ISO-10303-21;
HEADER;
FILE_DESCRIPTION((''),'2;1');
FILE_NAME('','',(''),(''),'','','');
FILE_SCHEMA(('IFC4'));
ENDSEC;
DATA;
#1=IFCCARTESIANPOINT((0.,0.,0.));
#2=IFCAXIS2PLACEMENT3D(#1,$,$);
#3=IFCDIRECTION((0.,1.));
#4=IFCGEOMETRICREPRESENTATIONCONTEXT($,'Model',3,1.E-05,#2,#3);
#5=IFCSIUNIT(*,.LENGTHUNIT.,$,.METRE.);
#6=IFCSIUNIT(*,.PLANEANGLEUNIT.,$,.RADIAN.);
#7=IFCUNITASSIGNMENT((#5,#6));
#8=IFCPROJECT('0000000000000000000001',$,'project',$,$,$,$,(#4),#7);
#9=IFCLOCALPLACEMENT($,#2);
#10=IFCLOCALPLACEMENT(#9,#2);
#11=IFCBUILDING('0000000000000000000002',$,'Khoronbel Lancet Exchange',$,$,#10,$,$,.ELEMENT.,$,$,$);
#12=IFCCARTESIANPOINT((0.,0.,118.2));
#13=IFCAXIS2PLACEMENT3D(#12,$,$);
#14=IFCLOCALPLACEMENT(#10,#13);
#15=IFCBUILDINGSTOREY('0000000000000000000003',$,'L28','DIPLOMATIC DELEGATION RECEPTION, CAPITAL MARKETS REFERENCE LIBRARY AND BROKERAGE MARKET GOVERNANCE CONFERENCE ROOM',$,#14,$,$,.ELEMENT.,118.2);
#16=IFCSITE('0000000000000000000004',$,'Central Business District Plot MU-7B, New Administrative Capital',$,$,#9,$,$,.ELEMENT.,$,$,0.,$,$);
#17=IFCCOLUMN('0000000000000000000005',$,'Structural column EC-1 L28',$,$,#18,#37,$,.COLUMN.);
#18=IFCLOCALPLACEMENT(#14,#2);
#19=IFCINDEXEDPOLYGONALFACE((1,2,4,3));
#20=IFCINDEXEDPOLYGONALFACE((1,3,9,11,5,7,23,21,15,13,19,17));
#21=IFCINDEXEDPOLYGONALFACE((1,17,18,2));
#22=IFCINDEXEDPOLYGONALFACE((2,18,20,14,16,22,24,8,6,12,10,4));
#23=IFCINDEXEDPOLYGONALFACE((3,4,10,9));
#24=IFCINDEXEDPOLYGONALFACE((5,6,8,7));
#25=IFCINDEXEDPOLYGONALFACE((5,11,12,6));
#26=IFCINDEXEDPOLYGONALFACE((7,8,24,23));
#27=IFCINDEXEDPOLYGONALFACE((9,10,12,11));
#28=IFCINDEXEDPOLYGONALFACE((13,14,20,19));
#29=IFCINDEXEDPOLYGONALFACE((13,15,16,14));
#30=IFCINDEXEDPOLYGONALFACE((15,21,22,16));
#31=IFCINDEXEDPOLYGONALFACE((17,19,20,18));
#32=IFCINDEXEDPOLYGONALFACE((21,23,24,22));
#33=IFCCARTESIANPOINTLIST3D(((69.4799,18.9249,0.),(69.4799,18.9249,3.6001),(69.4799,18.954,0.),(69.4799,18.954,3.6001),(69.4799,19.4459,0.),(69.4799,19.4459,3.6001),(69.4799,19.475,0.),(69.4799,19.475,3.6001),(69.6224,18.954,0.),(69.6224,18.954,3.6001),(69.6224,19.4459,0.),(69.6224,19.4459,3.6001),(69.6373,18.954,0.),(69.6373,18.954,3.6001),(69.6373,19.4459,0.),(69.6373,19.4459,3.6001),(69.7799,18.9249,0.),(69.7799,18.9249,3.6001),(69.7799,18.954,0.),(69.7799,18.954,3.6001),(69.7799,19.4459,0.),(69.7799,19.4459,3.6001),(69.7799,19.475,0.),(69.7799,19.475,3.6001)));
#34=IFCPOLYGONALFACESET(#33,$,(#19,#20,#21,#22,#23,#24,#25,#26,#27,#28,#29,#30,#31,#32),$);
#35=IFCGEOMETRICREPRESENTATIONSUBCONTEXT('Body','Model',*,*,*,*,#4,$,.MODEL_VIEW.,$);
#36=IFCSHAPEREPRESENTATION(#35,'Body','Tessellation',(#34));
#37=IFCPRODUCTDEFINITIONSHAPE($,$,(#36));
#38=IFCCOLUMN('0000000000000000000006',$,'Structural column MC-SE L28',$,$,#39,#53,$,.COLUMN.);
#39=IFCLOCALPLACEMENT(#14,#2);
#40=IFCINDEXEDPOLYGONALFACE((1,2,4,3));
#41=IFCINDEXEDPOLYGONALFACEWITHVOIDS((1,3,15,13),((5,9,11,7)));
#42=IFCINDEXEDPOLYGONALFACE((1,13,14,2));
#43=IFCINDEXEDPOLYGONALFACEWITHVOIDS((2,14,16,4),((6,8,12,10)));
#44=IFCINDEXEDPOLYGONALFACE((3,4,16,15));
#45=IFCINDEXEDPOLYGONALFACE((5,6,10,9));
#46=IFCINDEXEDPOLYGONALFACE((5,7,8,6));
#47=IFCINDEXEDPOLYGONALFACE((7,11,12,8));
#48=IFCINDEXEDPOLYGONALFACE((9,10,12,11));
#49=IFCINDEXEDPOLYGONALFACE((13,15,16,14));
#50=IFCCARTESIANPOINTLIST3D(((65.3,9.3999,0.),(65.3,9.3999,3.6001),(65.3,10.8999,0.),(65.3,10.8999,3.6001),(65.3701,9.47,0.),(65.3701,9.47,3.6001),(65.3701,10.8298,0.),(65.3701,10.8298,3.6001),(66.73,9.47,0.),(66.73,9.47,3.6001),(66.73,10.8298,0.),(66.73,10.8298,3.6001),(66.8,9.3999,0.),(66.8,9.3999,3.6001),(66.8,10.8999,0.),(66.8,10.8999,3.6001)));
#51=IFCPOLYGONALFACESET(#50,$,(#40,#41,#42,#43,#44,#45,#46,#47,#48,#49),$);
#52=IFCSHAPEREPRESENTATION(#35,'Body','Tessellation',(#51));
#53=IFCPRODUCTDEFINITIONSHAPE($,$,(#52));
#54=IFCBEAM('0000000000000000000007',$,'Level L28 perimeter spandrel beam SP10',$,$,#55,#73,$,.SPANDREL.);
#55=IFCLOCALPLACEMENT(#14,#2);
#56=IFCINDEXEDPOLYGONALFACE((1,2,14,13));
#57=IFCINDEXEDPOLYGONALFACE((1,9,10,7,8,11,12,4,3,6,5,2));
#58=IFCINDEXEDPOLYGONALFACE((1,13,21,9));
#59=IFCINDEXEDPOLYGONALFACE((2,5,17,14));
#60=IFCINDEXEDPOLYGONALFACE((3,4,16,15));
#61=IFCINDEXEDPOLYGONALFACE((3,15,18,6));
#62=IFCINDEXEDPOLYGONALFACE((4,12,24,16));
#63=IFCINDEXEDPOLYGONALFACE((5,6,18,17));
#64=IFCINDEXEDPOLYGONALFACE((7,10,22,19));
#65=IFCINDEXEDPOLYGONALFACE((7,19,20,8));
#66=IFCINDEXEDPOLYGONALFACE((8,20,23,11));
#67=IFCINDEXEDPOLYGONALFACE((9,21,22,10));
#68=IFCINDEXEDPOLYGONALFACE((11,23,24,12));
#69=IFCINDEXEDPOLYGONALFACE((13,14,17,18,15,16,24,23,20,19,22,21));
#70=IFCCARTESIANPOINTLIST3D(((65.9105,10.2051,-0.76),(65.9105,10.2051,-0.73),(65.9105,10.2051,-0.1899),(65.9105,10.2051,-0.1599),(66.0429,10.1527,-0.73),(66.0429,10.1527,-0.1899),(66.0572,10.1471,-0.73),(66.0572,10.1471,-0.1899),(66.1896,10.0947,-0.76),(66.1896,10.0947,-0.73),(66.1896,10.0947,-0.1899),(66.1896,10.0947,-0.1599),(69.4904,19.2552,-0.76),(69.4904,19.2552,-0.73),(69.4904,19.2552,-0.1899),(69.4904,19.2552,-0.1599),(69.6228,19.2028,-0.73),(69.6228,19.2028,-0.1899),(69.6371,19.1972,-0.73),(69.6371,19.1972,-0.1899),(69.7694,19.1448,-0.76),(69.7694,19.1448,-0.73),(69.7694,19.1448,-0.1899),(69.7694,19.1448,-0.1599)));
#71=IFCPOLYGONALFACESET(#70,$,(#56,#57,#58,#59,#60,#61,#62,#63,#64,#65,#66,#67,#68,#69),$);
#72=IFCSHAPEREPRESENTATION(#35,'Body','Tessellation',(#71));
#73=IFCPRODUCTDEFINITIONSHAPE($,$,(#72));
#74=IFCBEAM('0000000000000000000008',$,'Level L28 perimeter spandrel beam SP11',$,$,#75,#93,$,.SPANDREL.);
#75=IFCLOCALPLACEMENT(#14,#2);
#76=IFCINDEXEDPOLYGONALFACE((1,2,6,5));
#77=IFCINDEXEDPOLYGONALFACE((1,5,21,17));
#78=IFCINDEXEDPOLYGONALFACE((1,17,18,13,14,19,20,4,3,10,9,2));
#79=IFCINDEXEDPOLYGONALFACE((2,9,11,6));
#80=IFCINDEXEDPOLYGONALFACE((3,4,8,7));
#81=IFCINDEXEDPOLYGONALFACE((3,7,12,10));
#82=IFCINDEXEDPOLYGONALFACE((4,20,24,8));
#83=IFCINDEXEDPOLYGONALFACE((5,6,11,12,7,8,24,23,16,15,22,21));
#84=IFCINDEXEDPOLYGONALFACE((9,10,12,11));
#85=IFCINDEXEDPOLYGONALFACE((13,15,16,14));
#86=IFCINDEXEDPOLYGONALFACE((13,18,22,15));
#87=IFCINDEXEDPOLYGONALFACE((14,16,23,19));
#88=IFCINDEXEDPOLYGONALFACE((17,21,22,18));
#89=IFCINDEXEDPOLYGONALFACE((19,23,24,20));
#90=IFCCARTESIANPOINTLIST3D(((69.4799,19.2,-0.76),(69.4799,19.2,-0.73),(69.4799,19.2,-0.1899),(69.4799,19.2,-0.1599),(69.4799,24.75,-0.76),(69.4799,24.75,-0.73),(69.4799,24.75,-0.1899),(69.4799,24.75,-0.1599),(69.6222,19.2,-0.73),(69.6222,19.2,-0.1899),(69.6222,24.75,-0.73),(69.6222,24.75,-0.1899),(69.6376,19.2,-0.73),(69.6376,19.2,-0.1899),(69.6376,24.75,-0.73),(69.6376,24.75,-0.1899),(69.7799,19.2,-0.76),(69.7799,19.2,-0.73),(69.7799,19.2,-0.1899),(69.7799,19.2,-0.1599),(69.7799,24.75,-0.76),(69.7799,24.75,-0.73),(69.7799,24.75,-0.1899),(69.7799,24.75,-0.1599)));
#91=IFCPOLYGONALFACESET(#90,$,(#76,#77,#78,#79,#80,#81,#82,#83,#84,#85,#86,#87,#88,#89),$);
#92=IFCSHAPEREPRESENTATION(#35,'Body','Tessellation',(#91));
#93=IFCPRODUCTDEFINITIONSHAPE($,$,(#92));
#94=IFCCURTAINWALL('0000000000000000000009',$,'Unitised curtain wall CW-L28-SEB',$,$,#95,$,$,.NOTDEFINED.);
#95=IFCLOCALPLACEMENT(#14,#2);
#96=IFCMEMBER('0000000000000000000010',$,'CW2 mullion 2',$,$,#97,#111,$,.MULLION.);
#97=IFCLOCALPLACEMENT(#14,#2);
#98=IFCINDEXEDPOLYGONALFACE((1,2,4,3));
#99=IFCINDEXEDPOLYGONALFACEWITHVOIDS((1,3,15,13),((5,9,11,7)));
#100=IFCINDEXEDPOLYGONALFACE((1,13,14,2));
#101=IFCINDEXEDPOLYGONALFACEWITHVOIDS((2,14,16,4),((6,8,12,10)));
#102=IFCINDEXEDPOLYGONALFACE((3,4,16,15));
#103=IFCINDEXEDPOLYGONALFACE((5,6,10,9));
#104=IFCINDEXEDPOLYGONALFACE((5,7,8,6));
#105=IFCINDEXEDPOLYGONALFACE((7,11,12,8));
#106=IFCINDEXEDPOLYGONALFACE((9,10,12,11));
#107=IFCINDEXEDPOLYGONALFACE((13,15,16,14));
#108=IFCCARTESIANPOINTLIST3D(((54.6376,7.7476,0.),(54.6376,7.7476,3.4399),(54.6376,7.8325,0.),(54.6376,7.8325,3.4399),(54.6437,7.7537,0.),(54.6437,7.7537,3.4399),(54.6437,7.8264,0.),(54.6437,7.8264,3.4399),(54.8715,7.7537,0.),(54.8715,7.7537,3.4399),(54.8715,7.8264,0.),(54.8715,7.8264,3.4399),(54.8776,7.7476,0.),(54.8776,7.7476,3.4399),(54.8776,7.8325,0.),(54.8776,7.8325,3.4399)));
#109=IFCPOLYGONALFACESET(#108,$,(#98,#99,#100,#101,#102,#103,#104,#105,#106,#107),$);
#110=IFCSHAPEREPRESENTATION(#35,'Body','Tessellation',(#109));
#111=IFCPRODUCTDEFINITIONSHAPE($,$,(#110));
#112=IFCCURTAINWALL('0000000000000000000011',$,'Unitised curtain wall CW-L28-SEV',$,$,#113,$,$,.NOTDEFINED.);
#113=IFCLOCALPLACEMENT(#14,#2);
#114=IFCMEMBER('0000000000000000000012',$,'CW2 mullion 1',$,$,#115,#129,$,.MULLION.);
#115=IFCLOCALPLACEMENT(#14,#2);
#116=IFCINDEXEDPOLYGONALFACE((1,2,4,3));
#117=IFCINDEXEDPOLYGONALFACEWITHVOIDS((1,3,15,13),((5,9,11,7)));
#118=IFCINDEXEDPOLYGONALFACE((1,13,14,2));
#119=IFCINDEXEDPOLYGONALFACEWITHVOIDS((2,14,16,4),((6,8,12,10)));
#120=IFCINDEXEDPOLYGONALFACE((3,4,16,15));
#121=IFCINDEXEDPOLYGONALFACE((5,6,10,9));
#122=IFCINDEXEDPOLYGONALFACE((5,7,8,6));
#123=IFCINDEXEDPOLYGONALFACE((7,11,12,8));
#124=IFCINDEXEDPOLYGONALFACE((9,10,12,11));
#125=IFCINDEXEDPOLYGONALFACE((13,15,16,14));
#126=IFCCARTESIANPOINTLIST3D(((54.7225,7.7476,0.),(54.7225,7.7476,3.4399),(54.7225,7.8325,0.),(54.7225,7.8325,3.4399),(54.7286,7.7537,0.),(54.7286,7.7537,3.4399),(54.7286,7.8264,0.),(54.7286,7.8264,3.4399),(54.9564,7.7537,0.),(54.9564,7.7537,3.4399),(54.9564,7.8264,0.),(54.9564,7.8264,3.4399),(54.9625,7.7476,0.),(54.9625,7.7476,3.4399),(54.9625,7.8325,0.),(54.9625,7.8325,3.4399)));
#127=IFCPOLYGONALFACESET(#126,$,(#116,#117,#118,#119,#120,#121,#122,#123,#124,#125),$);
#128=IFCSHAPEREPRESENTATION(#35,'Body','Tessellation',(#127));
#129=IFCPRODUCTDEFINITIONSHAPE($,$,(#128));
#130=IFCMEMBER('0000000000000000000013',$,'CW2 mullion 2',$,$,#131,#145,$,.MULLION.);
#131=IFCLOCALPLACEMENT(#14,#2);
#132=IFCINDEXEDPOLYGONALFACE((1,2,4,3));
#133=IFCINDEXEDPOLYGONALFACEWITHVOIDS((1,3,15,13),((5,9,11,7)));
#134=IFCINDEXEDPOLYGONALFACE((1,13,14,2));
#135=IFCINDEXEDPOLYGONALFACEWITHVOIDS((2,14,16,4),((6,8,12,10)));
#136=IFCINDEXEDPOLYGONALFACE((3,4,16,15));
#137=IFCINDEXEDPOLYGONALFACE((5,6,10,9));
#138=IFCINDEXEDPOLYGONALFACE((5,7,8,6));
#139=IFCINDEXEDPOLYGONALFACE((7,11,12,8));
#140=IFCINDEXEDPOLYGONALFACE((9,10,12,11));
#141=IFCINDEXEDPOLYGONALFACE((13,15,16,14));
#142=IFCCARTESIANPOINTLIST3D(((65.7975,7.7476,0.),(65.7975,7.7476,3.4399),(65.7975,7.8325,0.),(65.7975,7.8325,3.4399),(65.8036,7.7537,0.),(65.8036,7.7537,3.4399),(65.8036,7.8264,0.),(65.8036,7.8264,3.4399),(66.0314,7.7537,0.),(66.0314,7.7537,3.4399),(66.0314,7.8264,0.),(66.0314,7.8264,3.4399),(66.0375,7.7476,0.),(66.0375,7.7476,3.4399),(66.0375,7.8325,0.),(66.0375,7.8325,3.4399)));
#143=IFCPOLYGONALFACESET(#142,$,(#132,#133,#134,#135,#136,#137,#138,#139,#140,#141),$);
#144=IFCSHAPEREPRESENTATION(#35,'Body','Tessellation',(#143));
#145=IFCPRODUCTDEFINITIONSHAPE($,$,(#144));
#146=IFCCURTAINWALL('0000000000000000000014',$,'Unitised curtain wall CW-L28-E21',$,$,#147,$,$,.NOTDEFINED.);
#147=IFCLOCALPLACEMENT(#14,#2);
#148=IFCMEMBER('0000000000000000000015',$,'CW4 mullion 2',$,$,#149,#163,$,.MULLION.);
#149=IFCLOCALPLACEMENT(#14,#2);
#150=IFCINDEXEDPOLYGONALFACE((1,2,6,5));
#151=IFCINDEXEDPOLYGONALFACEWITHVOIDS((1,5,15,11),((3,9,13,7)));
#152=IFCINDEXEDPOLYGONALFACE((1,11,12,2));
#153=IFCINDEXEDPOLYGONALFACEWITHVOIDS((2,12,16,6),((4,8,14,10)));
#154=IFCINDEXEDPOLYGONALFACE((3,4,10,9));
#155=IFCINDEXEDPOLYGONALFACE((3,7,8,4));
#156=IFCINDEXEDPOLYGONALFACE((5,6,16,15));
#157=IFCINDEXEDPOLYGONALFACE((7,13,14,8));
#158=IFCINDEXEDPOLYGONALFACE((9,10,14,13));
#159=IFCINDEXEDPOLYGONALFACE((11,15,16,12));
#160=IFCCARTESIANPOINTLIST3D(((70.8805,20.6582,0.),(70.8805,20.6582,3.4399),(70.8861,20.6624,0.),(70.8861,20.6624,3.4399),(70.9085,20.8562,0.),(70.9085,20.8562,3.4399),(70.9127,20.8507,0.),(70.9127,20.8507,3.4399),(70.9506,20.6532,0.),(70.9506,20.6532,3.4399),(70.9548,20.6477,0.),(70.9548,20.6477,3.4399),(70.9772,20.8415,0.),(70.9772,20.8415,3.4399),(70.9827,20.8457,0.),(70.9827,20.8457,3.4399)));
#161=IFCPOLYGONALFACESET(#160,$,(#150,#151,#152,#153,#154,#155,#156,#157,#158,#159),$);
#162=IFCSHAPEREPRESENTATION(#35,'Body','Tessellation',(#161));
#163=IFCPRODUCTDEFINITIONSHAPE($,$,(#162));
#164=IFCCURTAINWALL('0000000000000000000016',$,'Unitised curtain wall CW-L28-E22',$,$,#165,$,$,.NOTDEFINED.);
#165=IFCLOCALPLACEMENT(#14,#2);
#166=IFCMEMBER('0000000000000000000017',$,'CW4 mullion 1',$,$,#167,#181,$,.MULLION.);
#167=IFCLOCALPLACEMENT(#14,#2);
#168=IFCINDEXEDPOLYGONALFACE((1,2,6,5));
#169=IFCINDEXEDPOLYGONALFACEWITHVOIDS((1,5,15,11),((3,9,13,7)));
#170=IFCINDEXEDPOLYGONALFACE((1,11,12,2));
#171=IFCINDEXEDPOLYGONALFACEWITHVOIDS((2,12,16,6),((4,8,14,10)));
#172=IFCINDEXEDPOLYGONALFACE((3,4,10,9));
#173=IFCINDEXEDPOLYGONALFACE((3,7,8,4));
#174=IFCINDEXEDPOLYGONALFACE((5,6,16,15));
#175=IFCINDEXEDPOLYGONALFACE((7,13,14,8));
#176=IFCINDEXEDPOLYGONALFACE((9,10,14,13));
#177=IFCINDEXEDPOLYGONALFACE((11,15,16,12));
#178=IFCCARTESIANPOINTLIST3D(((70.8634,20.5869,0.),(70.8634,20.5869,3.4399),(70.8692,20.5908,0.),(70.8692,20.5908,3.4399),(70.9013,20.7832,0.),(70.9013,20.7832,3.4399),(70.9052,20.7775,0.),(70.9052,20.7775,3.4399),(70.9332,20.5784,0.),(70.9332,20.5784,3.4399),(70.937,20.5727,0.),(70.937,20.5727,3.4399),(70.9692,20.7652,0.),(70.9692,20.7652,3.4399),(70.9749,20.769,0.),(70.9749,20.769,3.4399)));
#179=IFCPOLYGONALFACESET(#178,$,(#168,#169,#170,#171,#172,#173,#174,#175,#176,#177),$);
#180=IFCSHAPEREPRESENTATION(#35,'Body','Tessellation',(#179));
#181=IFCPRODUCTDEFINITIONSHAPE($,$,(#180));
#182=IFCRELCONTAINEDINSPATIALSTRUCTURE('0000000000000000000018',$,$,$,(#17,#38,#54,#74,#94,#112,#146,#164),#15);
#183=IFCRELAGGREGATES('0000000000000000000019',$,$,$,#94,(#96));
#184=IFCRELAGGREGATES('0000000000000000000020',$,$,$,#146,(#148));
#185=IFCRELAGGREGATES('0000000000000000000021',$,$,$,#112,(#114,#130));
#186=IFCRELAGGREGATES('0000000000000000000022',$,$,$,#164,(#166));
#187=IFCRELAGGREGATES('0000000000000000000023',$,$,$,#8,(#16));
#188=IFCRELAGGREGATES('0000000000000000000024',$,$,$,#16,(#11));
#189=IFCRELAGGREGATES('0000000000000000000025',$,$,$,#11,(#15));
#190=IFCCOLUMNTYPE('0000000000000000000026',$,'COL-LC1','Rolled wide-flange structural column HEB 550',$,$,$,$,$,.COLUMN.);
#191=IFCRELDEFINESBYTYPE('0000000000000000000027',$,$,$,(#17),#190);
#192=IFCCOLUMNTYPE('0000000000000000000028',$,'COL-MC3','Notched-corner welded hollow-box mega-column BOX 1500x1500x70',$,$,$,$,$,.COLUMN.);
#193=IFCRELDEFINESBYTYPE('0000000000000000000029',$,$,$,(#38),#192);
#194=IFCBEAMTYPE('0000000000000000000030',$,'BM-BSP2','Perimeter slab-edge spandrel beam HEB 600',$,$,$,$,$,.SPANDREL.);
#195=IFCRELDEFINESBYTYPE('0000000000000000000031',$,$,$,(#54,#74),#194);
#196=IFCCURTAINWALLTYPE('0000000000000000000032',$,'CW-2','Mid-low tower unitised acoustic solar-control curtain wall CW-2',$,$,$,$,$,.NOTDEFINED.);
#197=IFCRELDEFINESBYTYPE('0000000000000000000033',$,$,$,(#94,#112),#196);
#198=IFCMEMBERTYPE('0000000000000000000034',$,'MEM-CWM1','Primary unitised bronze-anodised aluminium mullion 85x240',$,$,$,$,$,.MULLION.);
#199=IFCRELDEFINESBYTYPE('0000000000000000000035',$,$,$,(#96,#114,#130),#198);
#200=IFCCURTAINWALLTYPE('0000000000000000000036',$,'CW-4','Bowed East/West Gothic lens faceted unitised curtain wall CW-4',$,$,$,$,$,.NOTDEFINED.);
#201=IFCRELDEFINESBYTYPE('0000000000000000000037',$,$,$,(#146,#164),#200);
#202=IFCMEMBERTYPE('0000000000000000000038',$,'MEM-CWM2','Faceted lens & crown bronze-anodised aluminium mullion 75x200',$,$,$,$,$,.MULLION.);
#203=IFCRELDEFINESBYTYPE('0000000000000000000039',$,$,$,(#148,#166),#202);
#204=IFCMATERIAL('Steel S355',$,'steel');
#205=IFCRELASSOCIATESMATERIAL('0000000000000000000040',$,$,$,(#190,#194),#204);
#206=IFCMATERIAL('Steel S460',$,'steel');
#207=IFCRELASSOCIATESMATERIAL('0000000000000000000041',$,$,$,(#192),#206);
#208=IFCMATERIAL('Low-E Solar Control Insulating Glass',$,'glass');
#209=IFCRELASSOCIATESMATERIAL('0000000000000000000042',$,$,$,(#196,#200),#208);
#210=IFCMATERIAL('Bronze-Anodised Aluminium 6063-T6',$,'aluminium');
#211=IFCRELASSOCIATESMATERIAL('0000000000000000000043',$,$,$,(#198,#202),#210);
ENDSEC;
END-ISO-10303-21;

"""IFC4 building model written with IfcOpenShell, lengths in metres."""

from ifc_helpers import new_model, si_unit, direction, frame, origin, origin_2d, place, context, subcontext, project, spatial, hollow_rectangle, i_section, extrude, material, material_profile, profile_set, type_object, element, aggregate, save


model = new_model("IFC4")

# Units and contexts
model_context = context("Model", 3, precision=1e-05, world=origin(), true_north=direction((0.0, 1.0)))
body_context = subcontext(model_context, "Body", "Model", "MODEL_VIEW")
ifc_project = project(units=[si_unit("LENGTHUNIT", "METRE"), si_unit("PLANEANGLEUNIT", "RADIAN")], contexts=[model_context])

# Site, building, storey
site_placement = place(None, origin())
site = spatial("IfcSite", under=ifc_project, at=site_placement, Name="Central Business District Plot MU-7B, New Administrative Capital", CompositionType="ELEMENT", RefElevation=0.0)
building_placement = place(site_placement, origin())
building = spatial("IfcBuilding", under=site, at=building_placement, Name="Khoronbel Lancet Exchange", CompositionType="ELEMENT")
storey_placement = place(building_placement, frame((0.0, 0.0, 118.2)))
storey = spatial("IfcBuildingStorey", under=building, at=storey_placement, Name="L28", Description="DIPLOMATIC DELEGATION RECEPTION, CAPITAL MARKETS REFERENCE LIBRARY AND BROKERAGE MARKET GOVERNANCE CONFERENCE ROOM", CompositionType="ELEMENT", Elevation=118.2)

# Columns
ifc_material_1 = material(Name="Steel S355", Category="steel")
ifc_material_profile_1 = material_profile(ifc_material_1, i_section(OverallWidth=0.3, OverallDepth=0.55, WebThickness=0.0149, FlangeThickness=0.0291, at=origin_2d()), Name="HEB 550")
ifc_profile_set_1 = profile_set([ifc_material_profile_1], Name="Steel S355")
column_type_1 = type_object("IfcColumnType", Name="COL-LC1", Description="Rolled wide-flange structural column HEB 550", PredefinedType="COLUMN", material=ifc_profile_set_1)
column_1_placement = place(storey_placement, frame((69.6299, 19.2, 0.0), z_axis=(0.0, 0.0, 1.0), x_axis=(1.0, 0.0, 0.0)))
element("IfcColumn", 1, at=column_1_placement, inside=storey, type_object=column_type_1, Name="Structural column EC-1 L28", PredefinedType="COLUMN", context=body_context, shape_type="SweptSolid", body=[
    extrude(i_section(OverallWidth=0.3, OverallDepth=0.55, WebThickness=0.0149, FlangeThickness=0.0291, at=origin_2d()), origin(), (0.0, 0.0, 1.0), 3.6001),
])
ifc_material_2 = material(Name="Steel S460", Category="steel")
ifc_material_profile_2 = material_profile(ifc_material_2, hollow_rectangle(XDim=1.5, YDim=1.5, WallThickness=0.0701, at=origin_2d()), Name="BOX 1500x1500x70")
ifc_profile_set_2 = profile_set([ifc_material_profile_2], Name="Steel S460")
column_type_2 = type_object("IfcColumnType", Name="COL-MC3", Description="Notched-corner welded hollow-box mega-column BOX 1500x1500x70", PredefinedType="COLUMN", material=ifc_profile_set_2)
column_2_placement = place(storey_placement, frame((66.05, 10.1499, 0.0), z_axis=(0.0, 0.0, 1.0), x_axis=(1.0, 0.0, 0.0)))
element("IfcColumn", 2, at=column_2_placement, inside=storey, type_object=column_type_2, Name="Structural column MC-SE L28", PredefinedType="COLUMN", context=body_context, shape_type="SweptSolid", body=[
    extrude(hollow_rectangle(XDim=1.5, YDim=1.5, WallThickness=0.0701, at=origin_2d()), origin(), (0.0, 0.0, 1.0), 3.6001),
])

# Beams
ifc_material_profile_3 = material_profile(ifc_material_1, i_section(OverallWidth=0.3, OverallDepth=0.6001, WebThickness=0.0154, FlangeThickness=0.03, at=origin_2d()), Name="HEB 600")
ifc_profile_set_3 = profile_set([ifc_material_profile_3], Name="Steel S355")
beam_type = type_object("IfcBeamType", Name="BM-BSP2", Description="Perimeter slab-edge spandrel beam HEB 600", PredefinedType="SPANDREL", material=ifc_profile_set_3)
beam_1_placement = place(storey_placement, frame((66.05, 10.1499, -0.46), z_axis=(0.367828, 0.929894, 0.0), x_axis=(-0.929894, 0.367828, 0.0)))
element("IfcBeam", 3, at=beam_1_placement, inside=storey, type_object=beam_type, Name="Level L28 perimeter spandrel beam SP10", PredefinedType="SPANDREL", context=body_context, shape_type="SweptSolid", body=[
    extrude(i_section(OverallWidth=0.3, OverallDepth=0.6001, WebThickness=0.0154, FlangeThickness=0.03, at=origin_2d()), origin(), (0.0, 0.0, 1.0), 9.7324),
])
beam_2_placement = place(storey_placement, frame((69.6299, 19.2, -0.46), z_axis=(0.0, 1.0, 0.0), x_axis=(-1.0, 0.0, 0.0)))
element("IfcBeam", 4, at=beam_2_placement, inside=storey, type_object=beam_type, Name="Level L28 perimeter spandrel beam SP11", PredefinedType="SPANDREL", context=body_context, shape_type="SweptSolid", body=[
    extrude(i_section(OverallWidth=0.3, OverallDepth=0.6001, WebThickness=0.0154, FlangeThickness=0.03, at=origin_2d()), origin(), (0.0, 0.0, 1.0), 5.55),
])

# Curtain wall, member
ifc_material_3 = material(Name="Low-E Solar Control Insulating Glass", Category="glass")
curtain_wall_type_1 = type_object("IfcCurtainWallType", Name="CW-2", Description="Mid-low tower unitised acoustic solar-control curtain wall CW-2", PredefinedType="NOTDEFINED", material=ifc_material_3)
curtain_wall_1_placement = place(storey_placement, origin())
curtain_wall_1 = element("IfcCurtainWall", 5, at=curtain_wall_1_placement, inside=storey, type_object=curtain_wall_type_1, Name="Unitised curtain wall CW-L28-SEB", PredefinedType="NOTDEFINED")
ifc_material_4 = material(Name="Bronze-Anodised Aluminium 6063-T6", Category="aluminium")
ifc_material_profile_4 = material_profile(ifc_material_4, hollow_rectangle(XDim=0.085, YDim=0.24, WallThickness=0.0061, at=origin_2d()), Name="ALU MULLION 85x240")
ifc_profile_set_4 = profile_set([ifc_material_profile_4], Name="Bronze-Anodised Aluminium 6063-T6")
member_type_1 = type_object("IfcMemberType", Name="MEM-CWM1", Description="Primary unitised bronze-anodised aluminium mullion 85x240", PredefinedType="MULLION", material=ifc_profile_set_4)
member_1_placement = place(storey_placement, frame((54.7576, 7.79, 0.0), z_axis=(0.0, 0.0, 1.0), x_axis=(0.0, 1.0, 0.0)))
member_1 = element("IfcMember", 6, at=member_1_placement, type_object=member_type_1, Name="CW2 mullion 2", PredefinedType="MULLION", context=body_context, shape_type="SweptSolid", body=[
    extrude(hollow_rectangle(XDim=0.085, YDim=0.24, WallThickness=0.0061, at=origin_2d()), origin(), (0.0, 0.0, 1.0), 3.4399),
])
aggregate(curtain_wall_1, [member_1])

# Curtain wall, members
curtain_wall_2_placement = place(storey_placement, origin())
curtain_wall_2 = element("IfcCurtainWall", 7, at=curtain_wall_2_placement, inside=storey, type_object=curtain_wall_type_1, Name="Unitised curtain wall CW-L28-SEV", PredefinedType="NOTDEFINED")
member_2_placement = place(storey_placement, frame((54.8425, 7.79, 0.0), z_axis=(0.0, 0.0, 1.0), x_axis=(0.0, 1.0, 0.0)))
member_2 = element("IfcMember", 8, at=member_2_placement, type_object=member_type_1, Name="CW2 mullion 1", PredefinedType="MULLION", context=body_context, shape_type="SweptSolid", body=[
    extrude(hollow_rectangle(XDim=0.085, YDim=0.24, WallThickness=0.0061, at=origin_2d()), origin(), (0.0, 0.0, 1.0), 3.4399),
])
member_3_placement = place(storey_placement, frame((65.9175, 7.79, 0.0), z_axis=(0.0, 0.0, 1.0), x_axis=(0.0, 1.0, 0.0)))
member_3 = element("IfcMember", 9, at=member_3_placement, type_object=member_type_1, Name="CW2 mullion 2", PredefinedType="MULLION", context=body_context, shape_type="SweptSolid", body=[
    extrude(hollow_rectangle(XDim=0.085, YDim=0.24, WallThickness=0.0061, at=origin_2d()), origin(), (0.0, 0.0, 1.0), 3.4399),
])

# Curtain wall, member
curtain_wall_type_2 = type_object("IfcCurtainWallType", Name="CW-4", Description="Bowed East/West Gothic lens faceted unitised curtain wall CW-4", PredefinedType="NOTDEFINED", material=ifc_material_3)
curtain_wall_3_placement = place(storey_placement, origin())
curtain_wall_3 = element("IfcCurtainWall", 10, at=curtain_wall_3_placement, inside=storey, type_object=curtain_wall_type_2, Name="Unitised curtain wall CW-L28-E21", PredefinedType="NOTDEFINED")
ifc_material_profile_5 = material_profile(ifc_material_4, hollow_rectangle(XDim=0.075, YDim=0.2, WallThickness=0.0049, at=origin_2d()), Name="ALU MULLION 75x200")
ifc_profile_set_5 = profile_set([ifc_material_profile_5], Name="Bronze-Anodised Aluminium 6063-T6")
member_type_2 = type_object("IfcMemberType", Name="MEM-CWM2", Description="Faceted lens & crown bronze-anodised aluminium mullion 75x200", PredefinedType="MULLION", material=ifc_profile_set_5)
member_4_placement = place(storey_placement, frame((70.9316, 20.752, 0.0), z_axis=(0.0, 0.0, 1.0), x_axis=(0.990162, -0.139925, 0.0)))
member_4 = element("IfcMember", 11, at=member_4_placement, type_object=member_type_2, Name="CW4 mullion 2", PredefinedType="MULLION", context=body_context, shape_type="SweptSolid", body=[
    extrude(hollow_rectangle(XDim=0.075, YDim=0.2, WallThickness=0.0049, at=origin_2d()), origin(), (0.0, 0.0, 1.0), 3.4399),
])
aggregate(curtain_wall_3, [member_4])

# Curtain wall, member
curtain_wall_4_placement = place(storey_placement, origin())
curtain_wall_4 = element("IfcCurtainWall", 12, at=curtain_wall_4_placement, inside=storey, type_object=curtain_wall_type_2, Name="Unitised curtain wall CW-L28-E22", PredefinedType="NOTDEFINED")
member_5_placement = place(storey_placement, frame((70.9192, 20.678, 0.0), z_axis=(0.0, 0.0, 1.0), x_axis=(0.981873, -0.189541, 0.0)))
member_5 = element("IfcMember", 13, at=member_5_placement, type_object=member_type_2, Name="CW4 mullion 1", PredefinedType="MULLION", context=body_context, shape_type="SweptSolid", body=[
    extrude(hollow_rectangle(XDim=0.075, YDim=0.2, WallThickness=0.0049, at=origin_2d()), origin(), (0.0, 0.0, 1.0), 3.4399),
])

aggregate(curtain_wall_2, [member_2, member_3])
aggregate(curtain_wall_4, [member_5])

save(model, "model.ifc")
